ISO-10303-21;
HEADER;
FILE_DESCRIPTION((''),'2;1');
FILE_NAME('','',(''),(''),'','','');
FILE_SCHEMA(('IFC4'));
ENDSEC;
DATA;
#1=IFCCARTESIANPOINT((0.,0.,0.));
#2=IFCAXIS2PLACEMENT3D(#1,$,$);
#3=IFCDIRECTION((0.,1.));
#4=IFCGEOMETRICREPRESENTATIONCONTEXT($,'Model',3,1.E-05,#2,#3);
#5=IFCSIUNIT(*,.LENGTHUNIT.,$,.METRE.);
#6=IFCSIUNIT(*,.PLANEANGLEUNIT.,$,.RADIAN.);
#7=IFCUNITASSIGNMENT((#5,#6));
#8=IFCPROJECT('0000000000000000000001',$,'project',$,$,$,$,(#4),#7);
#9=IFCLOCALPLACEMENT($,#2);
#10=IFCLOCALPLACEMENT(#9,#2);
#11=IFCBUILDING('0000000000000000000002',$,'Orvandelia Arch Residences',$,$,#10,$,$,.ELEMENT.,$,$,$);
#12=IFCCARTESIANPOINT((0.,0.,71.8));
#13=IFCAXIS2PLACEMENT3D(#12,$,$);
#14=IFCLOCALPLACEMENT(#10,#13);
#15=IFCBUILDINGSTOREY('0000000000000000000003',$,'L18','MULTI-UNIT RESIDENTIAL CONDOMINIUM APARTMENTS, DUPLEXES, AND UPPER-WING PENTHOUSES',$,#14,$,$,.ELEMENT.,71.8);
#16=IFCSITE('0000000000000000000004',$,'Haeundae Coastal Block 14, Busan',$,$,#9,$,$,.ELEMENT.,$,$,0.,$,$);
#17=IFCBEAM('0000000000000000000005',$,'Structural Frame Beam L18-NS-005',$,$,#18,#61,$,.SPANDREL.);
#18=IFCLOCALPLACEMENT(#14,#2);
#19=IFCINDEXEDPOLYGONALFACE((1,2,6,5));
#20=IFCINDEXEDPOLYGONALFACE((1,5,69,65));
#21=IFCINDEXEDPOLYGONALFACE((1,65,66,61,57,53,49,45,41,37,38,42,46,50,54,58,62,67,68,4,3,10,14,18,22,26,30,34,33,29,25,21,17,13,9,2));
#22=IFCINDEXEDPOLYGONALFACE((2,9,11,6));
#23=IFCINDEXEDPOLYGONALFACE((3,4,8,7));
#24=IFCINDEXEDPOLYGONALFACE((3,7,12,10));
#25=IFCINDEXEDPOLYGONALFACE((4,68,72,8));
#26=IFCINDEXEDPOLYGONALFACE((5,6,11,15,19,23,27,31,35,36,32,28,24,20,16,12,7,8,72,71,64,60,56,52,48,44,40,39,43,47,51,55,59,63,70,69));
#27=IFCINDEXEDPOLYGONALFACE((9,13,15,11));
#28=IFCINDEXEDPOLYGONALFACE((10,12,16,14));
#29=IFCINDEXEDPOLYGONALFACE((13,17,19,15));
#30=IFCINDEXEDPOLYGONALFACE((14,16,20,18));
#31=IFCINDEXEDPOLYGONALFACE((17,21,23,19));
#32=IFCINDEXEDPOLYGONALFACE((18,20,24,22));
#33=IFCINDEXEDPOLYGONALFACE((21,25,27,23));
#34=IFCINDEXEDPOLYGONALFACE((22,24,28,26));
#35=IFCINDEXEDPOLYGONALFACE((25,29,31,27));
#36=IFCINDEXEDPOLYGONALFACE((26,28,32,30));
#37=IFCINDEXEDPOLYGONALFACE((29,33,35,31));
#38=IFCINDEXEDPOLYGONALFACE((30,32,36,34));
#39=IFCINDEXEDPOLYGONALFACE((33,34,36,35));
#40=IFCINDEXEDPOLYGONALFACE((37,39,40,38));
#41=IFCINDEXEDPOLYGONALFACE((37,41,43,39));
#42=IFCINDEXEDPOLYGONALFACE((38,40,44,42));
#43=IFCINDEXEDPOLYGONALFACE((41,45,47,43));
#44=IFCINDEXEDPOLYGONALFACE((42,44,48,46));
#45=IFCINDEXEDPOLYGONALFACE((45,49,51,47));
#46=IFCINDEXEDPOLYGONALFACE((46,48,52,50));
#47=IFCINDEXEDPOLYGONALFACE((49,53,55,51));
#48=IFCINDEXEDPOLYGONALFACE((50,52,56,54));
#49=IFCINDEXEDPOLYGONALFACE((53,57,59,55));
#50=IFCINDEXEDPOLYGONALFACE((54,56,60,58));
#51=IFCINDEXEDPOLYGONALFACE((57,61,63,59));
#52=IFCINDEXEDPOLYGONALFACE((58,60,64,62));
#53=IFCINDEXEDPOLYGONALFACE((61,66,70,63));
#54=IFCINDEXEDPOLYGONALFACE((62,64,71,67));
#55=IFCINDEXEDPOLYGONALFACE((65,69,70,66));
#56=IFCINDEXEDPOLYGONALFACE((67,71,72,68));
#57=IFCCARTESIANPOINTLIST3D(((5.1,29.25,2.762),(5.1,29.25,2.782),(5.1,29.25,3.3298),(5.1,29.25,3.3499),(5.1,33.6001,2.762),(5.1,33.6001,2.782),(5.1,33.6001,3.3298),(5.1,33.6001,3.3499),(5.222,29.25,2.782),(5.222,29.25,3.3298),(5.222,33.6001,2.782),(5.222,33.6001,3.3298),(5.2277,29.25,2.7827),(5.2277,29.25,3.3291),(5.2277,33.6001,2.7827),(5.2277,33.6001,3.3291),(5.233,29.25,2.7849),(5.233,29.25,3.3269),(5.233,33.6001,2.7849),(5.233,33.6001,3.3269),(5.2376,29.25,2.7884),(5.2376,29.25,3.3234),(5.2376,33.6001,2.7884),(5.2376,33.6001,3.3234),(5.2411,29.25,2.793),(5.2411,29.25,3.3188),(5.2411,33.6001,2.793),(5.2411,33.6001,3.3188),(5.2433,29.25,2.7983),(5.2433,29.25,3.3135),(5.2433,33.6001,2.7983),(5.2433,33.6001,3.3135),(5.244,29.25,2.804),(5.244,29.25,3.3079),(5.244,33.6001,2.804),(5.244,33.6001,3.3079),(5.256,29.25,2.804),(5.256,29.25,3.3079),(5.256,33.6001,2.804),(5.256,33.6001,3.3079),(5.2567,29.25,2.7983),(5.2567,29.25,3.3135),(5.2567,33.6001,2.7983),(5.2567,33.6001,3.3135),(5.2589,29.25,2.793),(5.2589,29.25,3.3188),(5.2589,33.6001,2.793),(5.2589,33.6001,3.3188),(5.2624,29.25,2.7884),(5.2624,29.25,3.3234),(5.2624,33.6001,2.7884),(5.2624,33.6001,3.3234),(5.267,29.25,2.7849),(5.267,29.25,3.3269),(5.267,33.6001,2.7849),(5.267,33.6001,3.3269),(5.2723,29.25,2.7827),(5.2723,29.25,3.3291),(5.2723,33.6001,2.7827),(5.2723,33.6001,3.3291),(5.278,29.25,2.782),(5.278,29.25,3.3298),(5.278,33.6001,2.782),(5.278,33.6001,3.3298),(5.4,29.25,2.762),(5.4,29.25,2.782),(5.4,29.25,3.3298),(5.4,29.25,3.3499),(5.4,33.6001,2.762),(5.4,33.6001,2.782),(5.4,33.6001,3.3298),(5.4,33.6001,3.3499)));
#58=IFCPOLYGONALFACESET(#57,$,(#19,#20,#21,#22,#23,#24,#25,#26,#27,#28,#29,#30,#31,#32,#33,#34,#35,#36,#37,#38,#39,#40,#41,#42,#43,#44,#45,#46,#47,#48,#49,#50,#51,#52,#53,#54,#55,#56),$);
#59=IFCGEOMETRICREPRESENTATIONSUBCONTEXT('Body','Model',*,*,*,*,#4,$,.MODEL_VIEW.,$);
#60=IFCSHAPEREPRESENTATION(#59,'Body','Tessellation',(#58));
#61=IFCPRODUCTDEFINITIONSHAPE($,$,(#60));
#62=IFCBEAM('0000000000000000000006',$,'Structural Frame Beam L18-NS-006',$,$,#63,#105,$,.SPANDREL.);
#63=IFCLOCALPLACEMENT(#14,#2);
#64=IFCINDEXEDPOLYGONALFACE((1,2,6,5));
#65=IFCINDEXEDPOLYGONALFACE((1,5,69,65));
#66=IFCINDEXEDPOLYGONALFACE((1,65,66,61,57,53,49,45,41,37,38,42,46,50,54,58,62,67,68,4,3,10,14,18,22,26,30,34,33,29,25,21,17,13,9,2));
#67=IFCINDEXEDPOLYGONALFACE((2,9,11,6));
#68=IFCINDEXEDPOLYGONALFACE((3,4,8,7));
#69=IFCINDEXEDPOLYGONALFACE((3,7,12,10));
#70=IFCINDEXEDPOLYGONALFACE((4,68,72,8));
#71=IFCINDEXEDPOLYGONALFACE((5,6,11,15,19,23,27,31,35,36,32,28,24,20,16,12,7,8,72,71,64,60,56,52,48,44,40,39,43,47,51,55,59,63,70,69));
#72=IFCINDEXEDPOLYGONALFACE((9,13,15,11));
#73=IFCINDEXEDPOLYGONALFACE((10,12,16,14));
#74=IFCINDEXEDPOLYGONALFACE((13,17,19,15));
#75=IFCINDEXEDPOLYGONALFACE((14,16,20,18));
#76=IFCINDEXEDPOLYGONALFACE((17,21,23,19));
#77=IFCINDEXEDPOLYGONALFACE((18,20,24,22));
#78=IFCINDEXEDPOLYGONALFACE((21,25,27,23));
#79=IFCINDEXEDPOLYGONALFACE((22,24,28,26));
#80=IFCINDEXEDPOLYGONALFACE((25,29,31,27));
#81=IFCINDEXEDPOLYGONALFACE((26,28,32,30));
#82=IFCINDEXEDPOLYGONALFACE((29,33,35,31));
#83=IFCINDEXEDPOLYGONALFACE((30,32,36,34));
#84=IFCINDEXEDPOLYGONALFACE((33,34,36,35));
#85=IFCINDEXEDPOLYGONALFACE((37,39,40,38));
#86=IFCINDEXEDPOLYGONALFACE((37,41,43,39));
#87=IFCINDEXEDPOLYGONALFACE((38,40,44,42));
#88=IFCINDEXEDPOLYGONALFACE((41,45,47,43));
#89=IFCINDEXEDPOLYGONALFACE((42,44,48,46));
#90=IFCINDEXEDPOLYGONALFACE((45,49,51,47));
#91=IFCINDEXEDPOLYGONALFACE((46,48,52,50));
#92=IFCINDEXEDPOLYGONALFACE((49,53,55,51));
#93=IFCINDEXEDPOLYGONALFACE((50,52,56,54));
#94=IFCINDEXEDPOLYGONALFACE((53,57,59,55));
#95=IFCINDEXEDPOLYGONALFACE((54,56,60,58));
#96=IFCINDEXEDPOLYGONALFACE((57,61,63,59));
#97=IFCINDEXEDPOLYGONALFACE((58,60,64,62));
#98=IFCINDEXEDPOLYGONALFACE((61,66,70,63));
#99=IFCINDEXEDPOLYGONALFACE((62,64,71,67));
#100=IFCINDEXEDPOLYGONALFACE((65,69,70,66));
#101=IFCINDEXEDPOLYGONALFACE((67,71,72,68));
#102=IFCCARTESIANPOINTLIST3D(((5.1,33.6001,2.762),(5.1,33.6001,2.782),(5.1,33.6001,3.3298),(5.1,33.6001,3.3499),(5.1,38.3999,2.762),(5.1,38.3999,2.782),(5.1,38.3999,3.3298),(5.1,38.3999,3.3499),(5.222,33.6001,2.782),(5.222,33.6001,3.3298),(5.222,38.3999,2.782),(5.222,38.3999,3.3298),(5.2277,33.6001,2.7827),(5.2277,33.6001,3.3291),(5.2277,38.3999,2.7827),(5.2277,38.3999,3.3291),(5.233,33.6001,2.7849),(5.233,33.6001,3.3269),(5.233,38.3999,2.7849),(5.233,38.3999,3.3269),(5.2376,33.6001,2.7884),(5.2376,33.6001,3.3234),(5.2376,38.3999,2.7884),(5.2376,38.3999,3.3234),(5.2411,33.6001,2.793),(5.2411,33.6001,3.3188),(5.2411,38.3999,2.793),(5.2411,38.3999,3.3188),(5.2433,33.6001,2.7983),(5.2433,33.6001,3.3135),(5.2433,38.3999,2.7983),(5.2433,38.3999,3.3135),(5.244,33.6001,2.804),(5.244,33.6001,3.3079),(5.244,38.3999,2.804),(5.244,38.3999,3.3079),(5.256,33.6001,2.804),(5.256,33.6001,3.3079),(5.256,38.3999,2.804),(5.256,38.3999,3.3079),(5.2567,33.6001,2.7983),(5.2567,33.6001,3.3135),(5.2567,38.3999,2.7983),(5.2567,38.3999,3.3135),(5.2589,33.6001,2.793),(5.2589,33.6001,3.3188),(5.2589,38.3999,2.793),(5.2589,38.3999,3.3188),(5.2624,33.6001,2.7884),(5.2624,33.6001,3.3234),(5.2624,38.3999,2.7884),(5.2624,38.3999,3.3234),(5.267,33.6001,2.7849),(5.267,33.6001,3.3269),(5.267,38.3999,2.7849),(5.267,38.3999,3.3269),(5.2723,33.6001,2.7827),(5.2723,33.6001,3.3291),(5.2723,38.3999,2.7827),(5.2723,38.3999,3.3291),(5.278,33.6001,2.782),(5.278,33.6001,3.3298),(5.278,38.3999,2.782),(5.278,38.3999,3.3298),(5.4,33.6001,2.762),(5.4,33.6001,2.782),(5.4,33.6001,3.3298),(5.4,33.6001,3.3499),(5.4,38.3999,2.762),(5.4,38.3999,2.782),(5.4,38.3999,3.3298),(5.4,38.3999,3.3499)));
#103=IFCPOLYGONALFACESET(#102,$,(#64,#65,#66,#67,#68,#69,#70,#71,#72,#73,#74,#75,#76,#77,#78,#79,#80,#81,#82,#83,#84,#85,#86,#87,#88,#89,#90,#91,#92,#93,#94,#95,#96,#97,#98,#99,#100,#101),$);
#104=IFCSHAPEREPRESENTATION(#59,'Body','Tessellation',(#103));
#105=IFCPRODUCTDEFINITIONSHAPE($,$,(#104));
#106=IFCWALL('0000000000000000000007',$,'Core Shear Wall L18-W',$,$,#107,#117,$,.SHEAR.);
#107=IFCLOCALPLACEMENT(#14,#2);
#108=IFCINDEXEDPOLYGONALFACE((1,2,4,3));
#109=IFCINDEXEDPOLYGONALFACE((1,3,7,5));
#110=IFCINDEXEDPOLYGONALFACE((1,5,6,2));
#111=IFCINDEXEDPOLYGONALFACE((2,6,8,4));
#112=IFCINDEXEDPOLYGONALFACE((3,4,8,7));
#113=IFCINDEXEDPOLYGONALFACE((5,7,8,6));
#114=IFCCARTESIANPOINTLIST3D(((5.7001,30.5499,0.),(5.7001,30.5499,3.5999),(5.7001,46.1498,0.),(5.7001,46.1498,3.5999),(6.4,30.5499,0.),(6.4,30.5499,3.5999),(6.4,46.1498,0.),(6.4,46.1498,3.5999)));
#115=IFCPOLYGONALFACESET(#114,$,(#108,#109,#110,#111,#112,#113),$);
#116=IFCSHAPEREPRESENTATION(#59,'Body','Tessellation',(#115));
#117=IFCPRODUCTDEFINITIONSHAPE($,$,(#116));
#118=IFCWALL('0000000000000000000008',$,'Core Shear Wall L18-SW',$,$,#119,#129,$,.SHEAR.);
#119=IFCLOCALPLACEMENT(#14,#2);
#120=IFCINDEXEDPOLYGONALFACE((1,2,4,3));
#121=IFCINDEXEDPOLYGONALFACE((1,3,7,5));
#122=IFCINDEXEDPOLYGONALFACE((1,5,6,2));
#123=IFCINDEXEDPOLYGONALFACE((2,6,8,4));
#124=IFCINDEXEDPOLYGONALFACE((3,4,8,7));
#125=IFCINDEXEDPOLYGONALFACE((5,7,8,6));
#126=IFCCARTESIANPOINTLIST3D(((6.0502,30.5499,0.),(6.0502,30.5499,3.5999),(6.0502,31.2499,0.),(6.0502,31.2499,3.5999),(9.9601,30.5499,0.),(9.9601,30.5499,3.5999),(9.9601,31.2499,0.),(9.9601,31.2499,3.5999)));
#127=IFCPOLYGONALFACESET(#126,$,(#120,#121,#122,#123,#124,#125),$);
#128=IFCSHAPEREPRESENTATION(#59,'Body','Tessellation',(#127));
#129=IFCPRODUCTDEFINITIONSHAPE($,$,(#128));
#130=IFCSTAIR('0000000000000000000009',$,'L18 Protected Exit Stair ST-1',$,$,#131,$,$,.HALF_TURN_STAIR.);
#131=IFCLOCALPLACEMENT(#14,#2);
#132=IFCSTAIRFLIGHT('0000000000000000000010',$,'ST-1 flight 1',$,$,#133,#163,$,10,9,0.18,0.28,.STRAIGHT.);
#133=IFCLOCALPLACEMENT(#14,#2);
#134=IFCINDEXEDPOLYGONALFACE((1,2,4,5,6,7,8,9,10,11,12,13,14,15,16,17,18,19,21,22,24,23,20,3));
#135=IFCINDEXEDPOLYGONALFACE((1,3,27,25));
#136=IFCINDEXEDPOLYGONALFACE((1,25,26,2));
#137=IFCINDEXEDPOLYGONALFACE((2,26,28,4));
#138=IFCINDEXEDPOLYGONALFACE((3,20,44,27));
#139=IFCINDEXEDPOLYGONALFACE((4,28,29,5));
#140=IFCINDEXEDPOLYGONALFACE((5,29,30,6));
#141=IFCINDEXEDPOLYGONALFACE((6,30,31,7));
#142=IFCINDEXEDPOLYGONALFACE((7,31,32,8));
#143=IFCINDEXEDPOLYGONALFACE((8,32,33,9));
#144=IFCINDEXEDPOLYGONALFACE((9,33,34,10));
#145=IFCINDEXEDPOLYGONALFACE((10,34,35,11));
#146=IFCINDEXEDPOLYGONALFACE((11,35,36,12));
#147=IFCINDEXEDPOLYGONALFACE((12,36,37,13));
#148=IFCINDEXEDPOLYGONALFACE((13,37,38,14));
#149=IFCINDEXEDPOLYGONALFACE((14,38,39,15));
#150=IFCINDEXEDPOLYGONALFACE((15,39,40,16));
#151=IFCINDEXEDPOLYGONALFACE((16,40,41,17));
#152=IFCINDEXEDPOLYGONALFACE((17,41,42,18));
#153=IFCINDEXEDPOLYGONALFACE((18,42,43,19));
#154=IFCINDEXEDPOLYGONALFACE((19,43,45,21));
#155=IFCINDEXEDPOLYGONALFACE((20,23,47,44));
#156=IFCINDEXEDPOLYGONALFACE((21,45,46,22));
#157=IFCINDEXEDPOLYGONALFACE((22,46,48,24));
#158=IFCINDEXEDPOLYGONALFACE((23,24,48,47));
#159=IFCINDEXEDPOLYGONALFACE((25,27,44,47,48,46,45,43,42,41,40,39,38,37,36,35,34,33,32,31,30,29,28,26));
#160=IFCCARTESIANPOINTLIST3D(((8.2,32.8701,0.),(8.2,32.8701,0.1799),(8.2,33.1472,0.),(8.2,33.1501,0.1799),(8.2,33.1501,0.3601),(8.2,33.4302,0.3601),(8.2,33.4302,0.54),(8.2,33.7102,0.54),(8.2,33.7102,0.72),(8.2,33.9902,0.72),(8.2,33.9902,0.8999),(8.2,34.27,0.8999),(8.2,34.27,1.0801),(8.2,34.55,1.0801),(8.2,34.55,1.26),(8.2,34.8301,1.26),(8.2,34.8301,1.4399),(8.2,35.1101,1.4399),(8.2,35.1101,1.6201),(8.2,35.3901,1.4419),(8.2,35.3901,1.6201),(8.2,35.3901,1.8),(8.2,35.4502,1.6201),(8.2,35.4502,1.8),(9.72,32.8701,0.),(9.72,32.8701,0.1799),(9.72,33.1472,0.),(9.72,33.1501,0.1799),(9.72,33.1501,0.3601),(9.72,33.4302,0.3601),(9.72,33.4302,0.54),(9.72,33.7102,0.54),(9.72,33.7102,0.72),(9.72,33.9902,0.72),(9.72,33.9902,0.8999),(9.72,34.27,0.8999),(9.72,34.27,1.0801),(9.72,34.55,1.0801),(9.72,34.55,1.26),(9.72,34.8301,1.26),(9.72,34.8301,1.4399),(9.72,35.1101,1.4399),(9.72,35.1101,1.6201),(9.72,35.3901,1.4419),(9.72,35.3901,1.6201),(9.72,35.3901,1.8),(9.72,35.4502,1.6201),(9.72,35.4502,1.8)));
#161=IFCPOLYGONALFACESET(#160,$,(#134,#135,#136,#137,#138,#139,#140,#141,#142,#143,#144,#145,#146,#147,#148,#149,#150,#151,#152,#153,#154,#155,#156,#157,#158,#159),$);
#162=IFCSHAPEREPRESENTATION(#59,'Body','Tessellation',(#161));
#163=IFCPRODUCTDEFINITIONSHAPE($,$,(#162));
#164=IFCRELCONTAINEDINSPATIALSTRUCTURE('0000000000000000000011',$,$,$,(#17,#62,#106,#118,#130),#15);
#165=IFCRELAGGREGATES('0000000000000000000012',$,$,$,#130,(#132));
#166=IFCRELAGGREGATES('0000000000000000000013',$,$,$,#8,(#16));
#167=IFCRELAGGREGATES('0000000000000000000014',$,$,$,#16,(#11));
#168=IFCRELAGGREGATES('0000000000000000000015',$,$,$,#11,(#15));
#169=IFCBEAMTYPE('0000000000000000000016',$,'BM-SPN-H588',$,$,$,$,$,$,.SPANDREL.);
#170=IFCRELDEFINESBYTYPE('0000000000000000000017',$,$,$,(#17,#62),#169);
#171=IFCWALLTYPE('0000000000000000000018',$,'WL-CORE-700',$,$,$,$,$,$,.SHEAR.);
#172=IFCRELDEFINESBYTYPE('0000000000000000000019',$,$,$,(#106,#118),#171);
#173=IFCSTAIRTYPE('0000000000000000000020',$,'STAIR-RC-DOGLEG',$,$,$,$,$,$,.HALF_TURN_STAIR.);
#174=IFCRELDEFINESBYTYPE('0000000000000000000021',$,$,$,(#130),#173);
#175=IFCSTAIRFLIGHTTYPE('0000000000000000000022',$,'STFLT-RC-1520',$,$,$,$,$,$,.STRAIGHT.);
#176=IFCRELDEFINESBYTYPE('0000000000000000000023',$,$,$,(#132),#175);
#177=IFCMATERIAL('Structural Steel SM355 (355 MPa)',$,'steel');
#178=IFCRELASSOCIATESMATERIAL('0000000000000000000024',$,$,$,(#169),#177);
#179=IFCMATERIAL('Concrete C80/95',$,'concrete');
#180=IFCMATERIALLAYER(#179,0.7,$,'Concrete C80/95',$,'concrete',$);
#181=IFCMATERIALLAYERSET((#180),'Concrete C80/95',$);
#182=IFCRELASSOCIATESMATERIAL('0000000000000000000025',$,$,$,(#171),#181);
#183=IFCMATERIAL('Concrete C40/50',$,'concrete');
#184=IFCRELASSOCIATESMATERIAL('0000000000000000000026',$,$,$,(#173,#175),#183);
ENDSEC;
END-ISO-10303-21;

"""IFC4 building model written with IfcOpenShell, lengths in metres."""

from ifc_helpers import new_model, si_unit, direction, frame, frame_2d, origin, origin_2d, place, context, subcontext, project, spatial, polyline, rectangle, i_section, outline, extrude, material, layer, layer_set, material_profile, profile_set, type_object, element, aggregate, save


model = new_model("IFC4")

# Units and contexts
model_context = context("Model", 3, precision=1e-05, world=origin(), true_north=direction((0.0, 1.0)))
body_context = subcontext(model_context, "Body", "Model", "MODEL_VIEW")
ifc_project = project(units=[si_unit("LENGTHUNIT", "METRE"), si_unit("PLANEANGLEUNIT", "RADIAN")], contexts=[model_context])

# Site, building, storey
site_placement = place(None, origin())
site = spatial("IfcSite", under=ifc_project, at=site_placement, Name="Haeundae Coastal Block 14, Busan", CompositionType="ELEMENT", RefElevation=0.0)
building_placement = place(site_placement, origin())
building = spatial("IfcBuilding", under=site, at=building_placement, Name="Orvandelia Arch Residences", CompositionType="ELEMENT")
storey_placement = place(building_placement, frame((0.0, 0.0, 71.8)))
storey = spatial("IfcBuildingStorey", under=building, at=storey_placement, Name="L18", Description="MULTI-UNIT RESIDENTIAL CONDOMINIUM APARTMENTS, DUPLEXES, AND UPPER-WING PENTHOUSES", CompositionType="ELEMENT", Elevation=71.8)

# Shared definitions
ifc_material_1 = material(Name="Concrete C80/95", Category="concrete")

# Beams
ifc_material_2 = material(Name="Structural Steel SM355 (355 MPa)", Category="steel")
ifc_material_profile_1 = material_profile(ifc_material_2, i_section(OverallWidth=0.3, OverallDepth=0.5879, WebThickness=0.012, FlangeThickness=0.02, FilletRadius=0.022, at=origin_2d()), Name="Structural Steel SM355 (355 MPa)", Category="steel")
ifc_profile_set_1 = profile_set([ifc_material_profile_1], Name="Structural Steel SM355 (355 MPa)")
beam_type_1 = type_object("IfcBeamType", Name="BM-SPN-H588", PredefinedType="SPANDREL", material=ifc_profile_set_1)
beam_1_placement = place(storey_placement, frame((5.25, 29.25, 3.0559), z_axis=(0.0, 1.0, 0.0), x_axis=(-1.0, 0.0, 0.0)))
element("IfcBeam", 1, at=beam_1_placement, inside=storey, type_object=beam_type_1, Name="Structural Frame Beam L18-NS-005", PredefinedType="SPANDREL", context=body_context, shape_type="SweptSolid", body=[
    extrude(i_section(OverallWidth=0.3, OverallDepth=0.5879, WebThickness=0.012, FlangeThickness=0.02, FilletRadius=0.022, at=origin_2d()), origin(), (0.0, 0.0, 1.0), 4.3501),
])
beam_2_placement = place(storey_placement, frame((5.25, 33.6001, 3.0559), z_axis=(0.0, 1.0, 0.0), x_axis=(-1.0, 0.0, 0.0)))
element("IfcBeam", 2, at=beam_2_placement, inside=storey, type_object=beam_type_1, Name="Structural Frame Beam L18-NS-006", PredefinedType="SPANDREL", context=body_context, shape_type="SweptSolid", body=[
    extrude(i_section(OverallWidth=0.3, OverallDepth=0.5879, WebThickness=0.012, FlangeThickness=0.02, FilletRadius=0.022, at=origin_2d()), origin(), (0.0, 0.0, 1.0), 4.7998),
])

# Walls
ifc_layer = layer(ifc_material_1, 0.7, Name="Concrete C80/95", Category="concrete")
ifc_layer_set = layer_set([ifc_layer], Name="Concrete C80/95")
wall_type = type_object("IfcWallType", Name="WL-CORE-700", PredefinedType="SHEAR", material=ifc_layer_set)
wall_1_placement = place(storey_placement, frame((6.05, 30.55, 0.0), z_axis=(0.0, 0.0, 1.0), x_axis=(0.0, 1.0, 0.0)))
element("IfcWall", 3, at=wall_1_placement, inside=storey, type_object=wall_type, Name="Core Shear Wall L18-W", PredefinedType="SHEAR", context=body_context, shape_type="SweptSolid", body=[
    extrude(rectangle(XDim=15.5999, YDim=0.7, at=frame_2d((7.7998, 0.0))), origin(), (0.0, 0.0, 1.0), 3.5999),
])
wall_2_placement = place(storey_placement, frame((6.05, 30.8999, 0.0), z_axis=(0.0, 0.0, 1.0), x_axis=(1.0, 0.0, 0.0)))
element("IfcWall", 4, at=wall_2_placement, inside=storey, type_object=wall_type, Name="Core Shear Wall L18-SW", PredefinedType="SHEAR", context=body_context, shape_type="SweptSolid", body=[
    extrude(rectangle(XDim=3.9099, YDim=0.7, at=frame_2d((1.9551, 0.0))), origin(), (0.0, 0.0, 1.0), 3.5999),
])

# Stair, stair flight
ifc_material_3 = material(Name="Concrete C40/50", Category="concrete")
stair_type = type_object("IfcStairType", Name="STAIR-RC-DOGLEG", PredefinedType="HALF_TURN_STAIR", material=ifc_material_3)
stair_placement = place(storey_placement, origin())
stair = element("IfcStair", 5, at=stair_placement, inside=storey, type_object=stair_type, Name="L18 Protected Exit Stair ST-1", PredefinedType="HALF_TURN_STAIR")
stair_flight_type = type_object("IfcStairFlightType", Name="STFLT-RC-1520", PredefinedType="STRAIGHT", material=ifc_material_3)
stair_flight_1_placement = place(storey_placement, frame((8.96, 32.8701, 0.0), z_axis=(0.0, 0.0, 1.0), x_axis=(0.0, 1.0, 0.0)))
stair_flight_1 = element("IfcStairFlight", 6, at=stair_flight_1_placement, type_object=stair_flight_type, Name="ST-1 flight 1", NumberOfRisers=10, NumberOfTreads=9, PredefinedType="STRAIGHT", RiserHeight=0.18, TreadLength=0.28, context=body_context, shape_type="SweptSolid", body=[
    extrude(outline(polyline([(0.0, 0.0), (0.0, 0.1799), (0.28, 0.1799), (0.28, 0.3601), (0.5601, 0.3601), (0.5601, 0.54), (0.8401, 0.54), (0.8401, 0.72), (1.1201, 0.72), (1.1201, 0.8999), (1.3999, 0.8999), (1.3999, 1.0801), (1.6799, 1.0801), (1.6799, 1.26), (1.96, 1.26), (1.96, 1.4399), (2.24, 1.4399), (2.24, 1.6201), (2.52, 1.6201), (2.52, 1.8), (2.5801, 1.8), (2.5801, 1.6201), (2.52, 1.4419), (0.2771, 0.0), (0.0, 0.0)])), frame((0.0, 0.76, 0.0), z_axis=(0.0, -1.0, 0.0), x_axis=(1.0, 0.0, 0.0)), (0.0, 0.0, 1.0), 1.52),
])
aggregate(stair, [stair_flight_1])

save(model, "model.ifc")
